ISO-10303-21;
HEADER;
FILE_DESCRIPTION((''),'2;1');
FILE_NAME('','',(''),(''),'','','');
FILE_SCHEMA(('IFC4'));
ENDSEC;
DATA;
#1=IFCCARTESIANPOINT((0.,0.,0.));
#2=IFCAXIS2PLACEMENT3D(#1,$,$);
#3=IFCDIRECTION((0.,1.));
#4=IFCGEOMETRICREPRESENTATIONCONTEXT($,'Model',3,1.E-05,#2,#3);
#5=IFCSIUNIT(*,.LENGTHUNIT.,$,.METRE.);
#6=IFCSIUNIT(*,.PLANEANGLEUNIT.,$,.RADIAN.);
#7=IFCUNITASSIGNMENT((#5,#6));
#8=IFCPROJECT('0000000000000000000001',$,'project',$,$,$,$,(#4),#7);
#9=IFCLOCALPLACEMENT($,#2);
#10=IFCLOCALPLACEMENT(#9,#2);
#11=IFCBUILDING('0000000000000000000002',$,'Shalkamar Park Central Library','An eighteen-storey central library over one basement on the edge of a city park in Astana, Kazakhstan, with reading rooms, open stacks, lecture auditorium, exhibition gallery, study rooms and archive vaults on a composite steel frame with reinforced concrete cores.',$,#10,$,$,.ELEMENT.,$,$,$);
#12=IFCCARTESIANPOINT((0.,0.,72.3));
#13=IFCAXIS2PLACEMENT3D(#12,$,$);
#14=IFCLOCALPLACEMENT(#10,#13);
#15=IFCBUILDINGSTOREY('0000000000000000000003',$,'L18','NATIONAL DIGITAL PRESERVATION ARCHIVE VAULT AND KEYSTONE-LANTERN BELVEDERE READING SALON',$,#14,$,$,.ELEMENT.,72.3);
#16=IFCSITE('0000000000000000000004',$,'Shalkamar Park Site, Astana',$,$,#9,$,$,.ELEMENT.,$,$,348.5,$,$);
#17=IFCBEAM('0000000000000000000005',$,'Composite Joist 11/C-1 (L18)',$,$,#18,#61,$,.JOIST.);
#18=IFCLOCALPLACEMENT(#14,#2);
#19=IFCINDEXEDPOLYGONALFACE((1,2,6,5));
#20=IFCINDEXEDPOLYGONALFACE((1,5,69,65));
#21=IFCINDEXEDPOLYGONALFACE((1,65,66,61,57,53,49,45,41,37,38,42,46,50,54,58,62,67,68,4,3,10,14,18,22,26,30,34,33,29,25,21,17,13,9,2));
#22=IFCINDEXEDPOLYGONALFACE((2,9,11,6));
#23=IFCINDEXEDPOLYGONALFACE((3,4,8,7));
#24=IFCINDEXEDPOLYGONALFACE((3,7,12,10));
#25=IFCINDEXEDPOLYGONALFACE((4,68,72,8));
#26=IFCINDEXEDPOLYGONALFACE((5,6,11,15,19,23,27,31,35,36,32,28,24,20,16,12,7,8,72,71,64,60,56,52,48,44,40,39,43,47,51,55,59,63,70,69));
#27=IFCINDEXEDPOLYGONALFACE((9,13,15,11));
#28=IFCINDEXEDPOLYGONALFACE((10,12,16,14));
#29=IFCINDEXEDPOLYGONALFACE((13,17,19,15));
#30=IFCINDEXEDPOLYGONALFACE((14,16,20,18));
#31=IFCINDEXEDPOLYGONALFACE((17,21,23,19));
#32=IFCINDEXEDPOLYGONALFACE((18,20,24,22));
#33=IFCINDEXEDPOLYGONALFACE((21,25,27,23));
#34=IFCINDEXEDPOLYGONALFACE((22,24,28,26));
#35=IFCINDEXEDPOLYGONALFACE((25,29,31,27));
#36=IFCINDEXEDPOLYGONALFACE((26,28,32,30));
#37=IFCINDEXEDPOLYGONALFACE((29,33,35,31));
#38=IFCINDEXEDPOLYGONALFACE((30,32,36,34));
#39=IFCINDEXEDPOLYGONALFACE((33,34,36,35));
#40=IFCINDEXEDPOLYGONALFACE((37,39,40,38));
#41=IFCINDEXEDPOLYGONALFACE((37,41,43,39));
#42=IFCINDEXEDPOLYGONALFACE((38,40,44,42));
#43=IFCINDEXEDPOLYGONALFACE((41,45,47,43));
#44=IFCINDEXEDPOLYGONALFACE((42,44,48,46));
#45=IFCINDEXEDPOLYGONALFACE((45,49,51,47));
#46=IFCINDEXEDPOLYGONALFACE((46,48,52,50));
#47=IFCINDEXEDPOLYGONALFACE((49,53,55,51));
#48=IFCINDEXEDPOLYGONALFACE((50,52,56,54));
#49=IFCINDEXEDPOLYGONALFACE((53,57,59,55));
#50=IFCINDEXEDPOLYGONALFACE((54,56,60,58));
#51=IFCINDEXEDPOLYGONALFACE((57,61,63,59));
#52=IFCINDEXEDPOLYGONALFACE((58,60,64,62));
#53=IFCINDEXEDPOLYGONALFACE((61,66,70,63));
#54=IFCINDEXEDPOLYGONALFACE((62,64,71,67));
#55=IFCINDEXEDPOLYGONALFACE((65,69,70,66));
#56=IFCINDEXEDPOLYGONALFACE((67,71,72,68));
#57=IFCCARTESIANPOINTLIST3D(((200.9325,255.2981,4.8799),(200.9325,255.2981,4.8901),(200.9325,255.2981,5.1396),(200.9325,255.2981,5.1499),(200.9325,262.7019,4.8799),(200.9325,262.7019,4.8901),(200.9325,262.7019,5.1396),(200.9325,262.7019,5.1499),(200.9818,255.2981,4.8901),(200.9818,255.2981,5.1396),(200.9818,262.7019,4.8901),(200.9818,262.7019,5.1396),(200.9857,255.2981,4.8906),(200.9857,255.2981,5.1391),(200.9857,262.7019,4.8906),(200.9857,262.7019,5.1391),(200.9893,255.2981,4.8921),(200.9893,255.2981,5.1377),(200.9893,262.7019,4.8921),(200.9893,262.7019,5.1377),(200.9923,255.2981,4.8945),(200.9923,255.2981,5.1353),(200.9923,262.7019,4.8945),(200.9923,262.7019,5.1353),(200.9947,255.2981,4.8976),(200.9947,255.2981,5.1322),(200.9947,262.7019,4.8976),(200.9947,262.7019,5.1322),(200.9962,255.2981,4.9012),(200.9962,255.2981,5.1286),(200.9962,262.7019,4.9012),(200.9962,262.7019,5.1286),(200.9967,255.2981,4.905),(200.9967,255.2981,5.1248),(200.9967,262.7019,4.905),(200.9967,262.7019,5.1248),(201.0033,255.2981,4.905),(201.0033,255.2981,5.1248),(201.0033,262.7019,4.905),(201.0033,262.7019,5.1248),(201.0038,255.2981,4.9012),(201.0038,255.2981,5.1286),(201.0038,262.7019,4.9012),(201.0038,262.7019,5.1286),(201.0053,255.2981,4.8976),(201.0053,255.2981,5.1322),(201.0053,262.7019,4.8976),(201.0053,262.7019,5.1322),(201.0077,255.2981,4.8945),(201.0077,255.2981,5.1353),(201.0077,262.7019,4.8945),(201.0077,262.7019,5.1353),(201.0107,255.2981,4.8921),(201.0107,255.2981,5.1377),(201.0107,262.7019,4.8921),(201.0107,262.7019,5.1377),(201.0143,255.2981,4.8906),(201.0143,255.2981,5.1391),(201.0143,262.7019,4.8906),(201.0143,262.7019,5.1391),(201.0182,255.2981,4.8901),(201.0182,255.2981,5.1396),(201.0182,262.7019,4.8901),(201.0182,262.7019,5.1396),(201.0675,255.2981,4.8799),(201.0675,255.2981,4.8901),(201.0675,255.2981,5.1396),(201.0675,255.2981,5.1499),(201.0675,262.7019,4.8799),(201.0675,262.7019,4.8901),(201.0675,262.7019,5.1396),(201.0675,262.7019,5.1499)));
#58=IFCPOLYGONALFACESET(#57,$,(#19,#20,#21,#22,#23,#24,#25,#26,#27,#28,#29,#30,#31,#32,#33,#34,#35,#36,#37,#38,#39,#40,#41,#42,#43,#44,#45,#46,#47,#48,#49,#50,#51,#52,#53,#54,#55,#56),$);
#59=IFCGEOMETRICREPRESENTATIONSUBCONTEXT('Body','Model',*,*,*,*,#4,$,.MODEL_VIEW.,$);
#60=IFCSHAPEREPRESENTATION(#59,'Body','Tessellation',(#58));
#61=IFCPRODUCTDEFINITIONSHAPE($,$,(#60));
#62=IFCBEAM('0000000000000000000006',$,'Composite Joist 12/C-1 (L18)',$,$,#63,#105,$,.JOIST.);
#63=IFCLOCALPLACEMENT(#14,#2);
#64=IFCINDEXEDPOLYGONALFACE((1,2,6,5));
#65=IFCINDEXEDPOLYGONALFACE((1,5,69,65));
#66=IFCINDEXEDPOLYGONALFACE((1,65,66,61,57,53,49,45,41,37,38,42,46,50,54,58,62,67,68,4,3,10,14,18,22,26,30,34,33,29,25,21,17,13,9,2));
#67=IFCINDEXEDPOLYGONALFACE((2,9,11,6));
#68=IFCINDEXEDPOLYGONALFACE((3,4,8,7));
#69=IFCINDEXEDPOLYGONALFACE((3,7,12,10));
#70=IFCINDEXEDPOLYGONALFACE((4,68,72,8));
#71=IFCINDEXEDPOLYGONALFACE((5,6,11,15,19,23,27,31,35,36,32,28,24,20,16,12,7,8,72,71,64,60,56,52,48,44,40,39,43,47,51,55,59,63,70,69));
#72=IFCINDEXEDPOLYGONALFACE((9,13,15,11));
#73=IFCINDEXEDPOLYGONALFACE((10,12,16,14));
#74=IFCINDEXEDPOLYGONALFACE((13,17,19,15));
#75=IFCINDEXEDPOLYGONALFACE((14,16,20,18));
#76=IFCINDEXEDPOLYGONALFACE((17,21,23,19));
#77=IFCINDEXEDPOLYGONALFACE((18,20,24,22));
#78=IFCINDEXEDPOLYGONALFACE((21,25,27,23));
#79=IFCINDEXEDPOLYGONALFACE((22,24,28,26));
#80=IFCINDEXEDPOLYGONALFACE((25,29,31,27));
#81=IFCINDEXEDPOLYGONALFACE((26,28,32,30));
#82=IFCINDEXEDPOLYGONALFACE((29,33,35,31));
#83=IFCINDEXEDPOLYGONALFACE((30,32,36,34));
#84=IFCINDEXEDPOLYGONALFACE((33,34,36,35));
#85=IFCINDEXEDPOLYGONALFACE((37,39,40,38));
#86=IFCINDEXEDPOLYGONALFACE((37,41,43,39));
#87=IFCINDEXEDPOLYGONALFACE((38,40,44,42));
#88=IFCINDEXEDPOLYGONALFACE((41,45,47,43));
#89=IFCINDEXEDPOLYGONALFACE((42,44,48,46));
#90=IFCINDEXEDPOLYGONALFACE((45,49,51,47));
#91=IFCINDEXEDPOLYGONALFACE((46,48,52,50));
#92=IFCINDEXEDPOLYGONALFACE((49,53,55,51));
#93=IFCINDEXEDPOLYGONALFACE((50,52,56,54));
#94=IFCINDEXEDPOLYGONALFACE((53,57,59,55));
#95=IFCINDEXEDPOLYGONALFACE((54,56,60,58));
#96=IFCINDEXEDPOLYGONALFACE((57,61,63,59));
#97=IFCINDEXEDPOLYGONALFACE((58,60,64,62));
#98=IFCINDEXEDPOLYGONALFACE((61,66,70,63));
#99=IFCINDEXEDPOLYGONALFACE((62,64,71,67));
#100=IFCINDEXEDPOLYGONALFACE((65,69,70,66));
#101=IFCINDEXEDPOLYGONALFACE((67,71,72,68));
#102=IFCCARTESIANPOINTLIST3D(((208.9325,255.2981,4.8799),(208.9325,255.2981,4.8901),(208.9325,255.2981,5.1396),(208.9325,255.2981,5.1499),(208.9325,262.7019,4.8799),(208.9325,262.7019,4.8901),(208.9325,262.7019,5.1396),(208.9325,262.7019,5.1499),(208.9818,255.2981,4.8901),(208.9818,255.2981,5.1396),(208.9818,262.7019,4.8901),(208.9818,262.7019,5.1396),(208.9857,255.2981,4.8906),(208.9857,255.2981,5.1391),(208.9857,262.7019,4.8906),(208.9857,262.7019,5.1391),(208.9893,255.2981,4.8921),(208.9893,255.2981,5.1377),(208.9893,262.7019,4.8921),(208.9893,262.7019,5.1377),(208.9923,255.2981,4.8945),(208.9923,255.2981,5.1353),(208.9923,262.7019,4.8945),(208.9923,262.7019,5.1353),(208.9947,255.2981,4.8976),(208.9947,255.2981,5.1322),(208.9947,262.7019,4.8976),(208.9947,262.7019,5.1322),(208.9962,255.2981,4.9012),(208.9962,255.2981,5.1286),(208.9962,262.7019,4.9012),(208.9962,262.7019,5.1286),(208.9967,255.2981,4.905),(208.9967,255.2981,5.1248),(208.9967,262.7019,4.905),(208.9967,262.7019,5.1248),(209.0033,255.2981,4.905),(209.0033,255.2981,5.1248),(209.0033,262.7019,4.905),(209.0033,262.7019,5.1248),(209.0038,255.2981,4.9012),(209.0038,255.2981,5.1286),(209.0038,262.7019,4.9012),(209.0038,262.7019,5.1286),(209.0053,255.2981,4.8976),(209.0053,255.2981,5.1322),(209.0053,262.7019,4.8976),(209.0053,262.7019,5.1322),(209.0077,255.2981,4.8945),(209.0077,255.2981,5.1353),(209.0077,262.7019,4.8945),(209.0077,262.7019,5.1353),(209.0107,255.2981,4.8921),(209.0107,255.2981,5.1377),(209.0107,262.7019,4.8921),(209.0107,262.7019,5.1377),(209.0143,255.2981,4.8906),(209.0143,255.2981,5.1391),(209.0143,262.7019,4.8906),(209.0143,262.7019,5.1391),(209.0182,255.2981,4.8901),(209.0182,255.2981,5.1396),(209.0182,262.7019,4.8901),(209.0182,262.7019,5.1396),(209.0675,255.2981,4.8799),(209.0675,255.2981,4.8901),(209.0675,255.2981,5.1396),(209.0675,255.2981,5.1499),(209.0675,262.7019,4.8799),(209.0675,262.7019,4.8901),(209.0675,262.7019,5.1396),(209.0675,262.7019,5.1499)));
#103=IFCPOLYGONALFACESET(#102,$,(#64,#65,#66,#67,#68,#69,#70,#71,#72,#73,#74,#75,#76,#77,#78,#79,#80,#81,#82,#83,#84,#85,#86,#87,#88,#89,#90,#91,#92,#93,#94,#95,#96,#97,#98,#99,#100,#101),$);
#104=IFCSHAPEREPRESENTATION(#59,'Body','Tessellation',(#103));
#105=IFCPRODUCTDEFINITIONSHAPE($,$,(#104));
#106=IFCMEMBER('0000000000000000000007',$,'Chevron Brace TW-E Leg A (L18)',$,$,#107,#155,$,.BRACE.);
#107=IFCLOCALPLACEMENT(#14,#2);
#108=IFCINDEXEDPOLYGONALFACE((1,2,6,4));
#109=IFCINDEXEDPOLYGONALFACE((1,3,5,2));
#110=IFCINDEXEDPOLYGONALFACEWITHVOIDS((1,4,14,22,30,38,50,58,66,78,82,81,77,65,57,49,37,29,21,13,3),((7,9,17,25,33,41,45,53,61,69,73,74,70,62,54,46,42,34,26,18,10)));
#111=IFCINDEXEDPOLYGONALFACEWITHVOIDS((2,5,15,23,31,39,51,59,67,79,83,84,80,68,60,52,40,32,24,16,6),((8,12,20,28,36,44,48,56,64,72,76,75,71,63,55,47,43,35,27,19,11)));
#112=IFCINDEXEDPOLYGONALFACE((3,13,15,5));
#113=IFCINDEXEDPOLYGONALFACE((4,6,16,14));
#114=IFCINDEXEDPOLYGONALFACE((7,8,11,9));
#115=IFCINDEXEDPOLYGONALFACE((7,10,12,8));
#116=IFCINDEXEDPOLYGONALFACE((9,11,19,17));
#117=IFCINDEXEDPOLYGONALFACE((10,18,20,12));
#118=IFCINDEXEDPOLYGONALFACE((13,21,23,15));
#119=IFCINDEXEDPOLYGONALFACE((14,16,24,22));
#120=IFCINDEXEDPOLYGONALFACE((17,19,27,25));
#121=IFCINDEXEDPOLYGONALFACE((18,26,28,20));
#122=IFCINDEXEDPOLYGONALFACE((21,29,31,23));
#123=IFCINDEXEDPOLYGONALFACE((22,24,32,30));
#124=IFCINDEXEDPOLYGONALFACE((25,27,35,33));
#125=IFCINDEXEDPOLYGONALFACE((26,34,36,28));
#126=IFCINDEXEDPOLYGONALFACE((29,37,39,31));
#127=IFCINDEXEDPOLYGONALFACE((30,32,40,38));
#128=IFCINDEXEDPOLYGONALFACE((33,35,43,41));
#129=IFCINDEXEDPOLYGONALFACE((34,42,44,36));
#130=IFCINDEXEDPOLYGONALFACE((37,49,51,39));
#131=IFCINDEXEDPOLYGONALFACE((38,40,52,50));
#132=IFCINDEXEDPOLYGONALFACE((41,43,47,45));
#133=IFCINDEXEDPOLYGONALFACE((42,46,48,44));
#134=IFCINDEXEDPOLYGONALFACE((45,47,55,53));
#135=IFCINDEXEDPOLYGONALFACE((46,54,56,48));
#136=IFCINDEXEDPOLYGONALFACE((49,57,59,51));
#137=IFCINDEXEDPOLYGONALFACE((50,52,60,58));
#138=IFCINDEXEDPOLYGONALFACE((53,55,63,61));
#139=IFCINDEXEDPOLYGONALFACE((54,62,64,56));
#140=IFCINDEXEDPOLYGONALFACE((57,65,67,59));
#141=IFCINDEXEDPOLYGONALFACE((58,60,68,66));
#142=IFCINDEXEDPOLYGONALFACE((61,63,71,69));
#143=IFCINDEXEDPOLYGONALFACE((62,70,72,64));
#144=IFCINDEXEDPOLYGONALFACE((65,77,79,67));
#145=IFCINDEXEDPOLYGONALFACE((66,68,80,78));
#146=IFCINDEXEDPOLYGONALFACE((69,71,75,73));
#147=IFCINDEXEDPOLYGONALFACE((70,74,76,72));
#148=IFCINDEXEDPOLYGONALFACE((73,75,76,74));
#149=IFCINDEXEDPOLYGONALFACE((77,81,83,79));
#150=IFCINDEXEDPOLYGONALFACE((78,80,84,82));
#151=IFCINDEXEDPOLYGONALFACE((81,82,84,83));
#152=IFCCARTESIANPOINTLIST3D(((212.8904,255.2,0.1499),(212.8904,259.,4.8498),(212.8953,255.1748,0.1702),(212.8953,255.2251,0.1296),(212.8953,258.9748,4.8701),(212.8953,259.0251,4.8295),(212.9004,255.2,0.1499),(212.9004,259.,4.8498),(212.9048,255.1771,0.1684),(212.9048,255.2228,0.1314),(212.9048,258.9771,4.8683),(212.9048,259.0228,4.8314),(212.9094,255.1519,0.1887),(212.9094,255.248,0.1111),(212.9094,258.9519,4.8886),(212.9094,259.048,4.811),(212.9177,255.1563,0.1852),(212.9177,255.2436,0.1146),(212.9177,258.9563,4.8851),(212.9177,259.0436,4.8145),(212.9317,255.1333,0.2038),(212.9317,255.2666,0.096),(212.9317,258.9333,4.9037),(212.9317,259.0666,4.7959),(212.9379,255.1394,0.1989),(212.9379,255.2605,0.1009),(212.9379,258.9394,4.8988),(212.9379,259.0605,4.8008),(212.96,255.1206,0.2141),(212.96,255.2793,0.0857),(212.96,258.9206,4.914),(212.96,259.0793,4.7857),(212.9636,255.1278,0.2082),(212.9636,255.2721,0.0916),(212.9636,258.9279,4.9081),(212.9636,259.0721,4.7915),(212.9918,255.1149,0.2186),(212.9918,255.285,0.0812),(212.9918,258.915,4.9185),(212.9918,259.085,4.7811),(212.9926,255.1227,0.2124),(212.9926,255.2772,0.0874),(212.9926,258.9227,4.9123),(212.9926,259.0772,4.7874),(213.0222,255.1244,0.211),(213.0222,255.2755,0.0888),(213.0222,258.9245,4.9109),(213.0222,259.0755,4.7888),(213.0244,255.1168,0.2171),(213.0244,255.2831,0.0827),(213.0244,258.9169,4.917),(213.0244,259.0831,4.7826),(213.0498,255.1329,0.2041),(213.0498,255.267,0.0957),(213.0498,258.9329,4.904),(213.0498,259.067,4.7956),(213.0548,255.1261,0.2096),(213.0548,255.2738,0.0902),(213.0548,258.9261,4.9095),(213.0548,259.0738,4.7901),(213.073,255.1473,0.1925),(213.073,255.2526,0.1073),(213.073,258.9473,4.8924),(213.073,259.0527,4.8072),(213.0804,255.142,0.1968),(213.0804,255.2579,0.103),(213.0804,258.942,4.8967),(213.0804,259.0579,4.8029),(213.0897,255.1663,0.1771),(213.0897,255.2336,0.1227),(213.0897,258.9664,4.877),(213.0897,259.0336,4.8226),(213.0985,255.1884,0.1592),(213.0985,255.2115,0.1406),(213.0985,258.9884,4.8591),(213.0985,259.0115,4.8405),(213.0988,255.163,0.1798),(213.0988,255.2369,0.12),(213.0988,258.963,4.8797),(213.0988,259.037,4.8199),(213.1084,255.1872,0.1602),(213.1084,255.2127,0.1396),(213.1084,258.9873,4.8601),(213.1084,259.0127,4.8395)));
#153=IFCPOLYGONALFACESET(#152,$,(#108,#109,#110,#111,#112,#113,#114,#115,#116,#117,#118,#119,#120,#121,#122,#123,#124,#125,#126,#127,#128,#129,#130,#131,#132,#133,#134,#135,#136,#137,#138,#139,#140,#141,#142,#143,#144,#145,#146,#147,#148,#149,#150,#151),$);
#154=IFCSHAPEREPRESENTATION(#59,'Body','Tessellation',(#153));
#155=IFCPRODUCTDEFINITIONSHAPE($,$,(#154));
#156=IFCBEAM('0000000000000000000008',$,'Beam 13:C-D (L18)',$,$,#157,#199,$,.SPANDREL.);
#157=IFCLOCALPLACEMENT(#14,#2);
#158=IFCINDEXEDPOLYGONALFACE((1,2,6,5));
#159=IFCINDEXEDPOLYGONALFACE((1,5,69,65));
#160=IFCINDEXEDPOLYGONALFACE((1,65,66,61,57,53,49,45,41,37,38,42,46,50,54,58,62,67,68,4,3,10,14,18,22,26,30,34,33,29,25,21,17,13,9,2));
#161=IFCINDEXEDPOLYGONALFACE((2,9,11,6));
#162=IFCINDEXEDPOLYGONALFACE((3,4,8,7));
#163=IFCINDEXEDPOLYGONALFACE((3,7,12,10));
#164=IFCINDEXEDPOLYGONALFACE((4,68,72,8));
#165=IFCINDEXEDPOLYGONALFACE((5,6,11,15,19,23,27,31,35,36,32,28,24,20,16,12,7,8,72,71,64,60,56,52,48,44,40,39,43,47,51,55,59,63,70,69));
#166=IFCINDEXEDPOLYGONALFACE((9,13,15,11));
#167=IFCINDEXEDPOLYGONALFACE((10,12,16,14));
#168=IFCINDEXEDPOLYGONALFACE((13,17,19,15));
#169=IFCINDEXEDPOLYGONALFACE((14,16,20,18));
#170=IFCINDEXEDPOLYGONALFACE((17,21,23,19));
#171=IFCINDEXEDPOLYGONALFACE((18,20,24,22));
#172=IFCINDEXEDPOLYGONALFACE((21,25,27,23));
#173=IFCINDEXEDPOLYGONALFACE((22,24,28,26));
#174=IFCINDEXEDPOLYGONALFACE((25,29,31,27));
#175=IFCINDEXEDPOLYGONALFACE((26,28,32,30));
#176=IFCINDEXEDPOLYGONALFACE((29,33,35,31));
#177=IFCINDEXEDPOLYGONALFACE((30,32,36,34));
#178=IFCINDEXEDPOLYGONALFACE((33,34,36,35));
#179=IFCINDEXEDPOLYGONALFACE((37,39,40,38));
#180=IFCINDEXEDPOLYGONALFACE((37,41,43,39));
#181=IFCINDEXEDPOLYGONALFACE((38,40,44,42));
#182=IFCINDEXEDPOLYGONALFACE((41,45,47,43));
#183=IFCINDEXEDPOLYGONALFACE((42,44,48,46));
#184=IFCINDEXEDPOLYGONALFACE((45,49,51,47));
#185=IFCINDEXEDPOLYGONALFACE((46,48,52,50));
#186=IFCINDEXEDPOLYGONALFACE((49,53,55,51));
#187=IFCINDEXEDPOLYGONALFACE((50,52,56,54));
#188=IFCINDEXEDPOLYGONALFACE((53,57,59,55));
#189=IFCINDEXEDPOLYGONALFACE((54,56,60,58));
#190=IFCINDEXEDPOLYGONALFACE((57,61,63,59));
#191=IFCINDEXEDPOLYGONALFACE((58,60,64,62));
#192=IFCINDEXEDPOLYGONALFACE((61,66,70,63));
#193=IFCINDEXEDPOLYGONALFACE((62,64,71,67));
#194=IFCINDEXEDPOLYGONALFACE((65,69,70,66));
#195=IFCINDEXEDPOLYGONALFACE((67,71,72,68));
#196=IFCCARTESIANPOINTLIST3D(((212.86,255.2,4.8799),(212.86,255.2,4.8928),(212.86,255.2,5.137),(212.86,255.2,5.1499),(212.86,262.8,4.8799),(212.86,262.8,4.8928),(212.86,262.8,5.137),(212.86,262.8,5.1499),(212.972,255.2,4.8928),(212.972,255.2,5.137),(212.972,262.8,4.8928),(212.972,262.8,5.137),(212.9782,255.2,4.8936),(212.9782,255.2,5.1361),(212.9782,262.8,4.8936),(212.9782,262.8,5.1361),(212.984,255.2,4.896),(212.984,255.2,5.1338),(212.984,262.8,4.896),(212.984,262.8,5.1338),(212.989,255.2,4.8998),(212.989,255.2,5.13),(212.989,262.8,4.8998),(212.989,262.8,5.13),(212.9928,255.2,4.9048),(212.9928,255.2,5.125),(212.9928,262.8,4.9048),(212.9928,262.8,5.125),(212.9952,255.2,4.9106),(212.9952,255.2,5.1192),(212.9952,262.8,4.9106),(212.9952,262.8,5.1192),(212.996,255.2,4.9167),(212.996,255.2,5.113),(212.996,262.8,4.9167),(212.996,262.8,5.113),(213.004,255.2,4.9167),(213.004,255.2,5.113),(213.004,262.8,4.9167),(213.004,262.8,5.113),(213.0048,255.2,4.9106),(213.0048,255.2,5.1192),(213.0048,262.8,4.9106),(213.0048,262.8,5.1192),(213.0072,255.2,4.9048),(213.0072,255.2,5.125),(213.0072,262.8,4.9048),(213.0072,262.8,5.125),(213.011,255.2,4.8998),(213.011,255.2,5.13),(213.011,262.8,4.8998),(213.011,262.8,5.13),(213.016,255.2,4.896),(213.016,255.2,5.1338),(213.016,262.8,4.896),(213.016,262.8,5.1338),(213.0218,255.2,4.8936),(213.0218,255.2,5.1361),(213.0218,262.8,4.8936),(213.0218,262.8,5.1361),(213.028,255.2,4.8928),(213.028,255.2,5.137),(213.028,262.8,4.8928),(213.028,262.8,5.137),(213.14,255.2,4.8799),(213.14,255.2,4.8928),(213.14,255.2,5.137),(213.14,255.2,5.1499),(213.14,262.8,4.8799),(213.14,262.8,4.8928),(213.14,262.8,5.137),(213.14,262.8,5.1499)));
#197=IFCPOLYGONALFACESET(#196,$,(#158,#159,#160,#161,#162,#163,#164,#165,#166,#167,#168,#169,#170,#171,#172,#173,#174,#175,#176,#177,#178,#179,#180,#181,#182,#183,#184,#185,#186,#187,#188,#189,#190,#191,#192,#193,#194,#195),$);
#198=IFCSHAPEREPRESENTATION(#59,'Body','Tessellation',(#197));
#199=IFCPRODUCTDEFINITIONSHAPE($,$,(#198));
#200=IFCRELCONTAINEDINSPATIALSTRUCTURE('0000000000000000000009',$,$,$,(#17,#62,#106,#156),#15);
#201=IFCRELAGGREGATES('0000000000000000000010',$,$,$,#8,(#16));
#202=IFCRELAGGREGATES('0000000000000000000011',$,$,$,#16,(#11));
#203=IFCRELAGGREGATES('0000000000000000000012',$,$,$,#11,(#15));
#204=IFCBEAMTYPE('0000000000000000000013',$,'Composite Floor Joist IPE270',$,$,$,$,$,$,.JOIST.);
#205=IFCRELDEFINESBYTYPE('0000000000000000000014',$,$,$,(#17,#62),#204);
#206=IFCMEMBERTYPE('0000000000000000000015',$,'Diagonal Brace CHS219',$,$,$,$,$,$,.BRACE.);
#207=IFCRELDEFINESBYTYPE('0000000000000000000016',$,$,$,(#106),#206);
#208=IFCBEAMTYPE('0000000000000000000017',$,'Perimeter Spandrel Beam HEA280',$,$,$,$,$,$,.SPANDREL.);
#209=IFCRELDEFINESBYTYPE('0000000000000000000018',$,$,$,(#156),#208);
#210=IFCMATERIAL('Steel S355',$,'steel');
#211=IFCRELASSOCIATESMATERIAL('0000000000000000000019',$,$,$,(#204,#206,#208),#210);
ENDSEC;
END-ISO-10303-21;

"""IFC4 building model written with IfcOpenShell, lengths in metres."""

from ifc_helpers import new_model, si_unit, direction, frame, origin, origin_2d, place, context, subcontext, project, spatial, hollow_circle, i_section, extrude, material, material_profile, profile_set, type_object, element, save


model = new_model("IFC4")

# Units and contexts
model_context = context("Model", 3, precision=1e-05, world=origin(), true_north=direction((0.0, 1.0)))
body_context = subcontext(model_context, "Body", "Model", "MODEL_VIEW")
ifc_project = project(units=[si_unit("LENGTHUNIT", "METRE"), si_unit("PLANEANGLEUNIT", "RADIAN")], contexts=[model_context])

# Site, building, storey
site_placement = place(None, origin())
site = spatial("IfcSite", under=ifc_project, at=site_placement, Name="Shalkamar Park Site, Astana", CompositionType="ELEMENT", RefElevation=348.5)
building_placement = place(site_placement, origin())
building = spatial("IfcBuilding", under=site, at=building_placement, Name="Shalkamar Park Central Library", Description="An eighteen-storey central library over one basement on the edge of a city park in Astana, Kazakhstan, with reading rooms, open stacks, lecture auditorium, exhibition gallery, study rooms and archive vaults on a composite steel frame with reinforced concrete cores.", CompositionType="ELEMENT")
storey_placement = place(building_placement, frame((0.0, 0.0, 72.3)))
storey = spatial("IfcBuildingStorey", under=building, at=storey_placement, Name="L18", Description="NATIONAL DIGITAL PRESERVATION ARCHIVE VAULT AND KEYSTONE-LANTERN BELVEDERE READING SALON", CompositionType="ELEMENT", Elevation=72.3)

# Shared definitions
ifc_material_1 = material(Name="Steel S355", Category="steel")

# Beams
ifc_material_profile_1 = material_profile(ifc_material_1, i_section(OverallWidth=0.135, OverallDepth=0.27, WebThickness=0.0066, FlangeThickness=0.0103, FilletRadius=0.0149, at=origin_2d()), Name="IPE 270")
ifc_profile_set_1 = profile_set([ifc_material_profile_1], Name="Steel S355")
beam_type_1 = type_object("IfcBeamType", Name="Composite Floor Joist IPE270", PredefinedType="JOIST", material=ifc_profile_set_1)
for number, where, z_axis, x_axis, name in (
    (1, (201.0, 255.2981, 5.0149), (0.0, 1.0, 0.0), (-1.0, 0.0, 0.0), "Composite Joist 11/C-1 (L18)"),
    (2, (209.0, 255.2981, 5.0149), (0.0, 1.0, 0.0), (-1.0, 0.0, 0.0), "Composite Joist 12/C-1 (L18)"),
):
    element("IfcBeam", number, at=place(storey_placement, frame(where, z_axis=z_axis, x_axis=x_axis)), inside=storey, type_object=beam_type_1, Name=name, PredefinedType="JOIST", context=body_context, shape_type="SweptSolid", body=[
        extrude(i_section(OverallWidth=0.135, OverallDepth=0.27, WebThickness=0.0066, FlangeThickness=0.0103, FilletRadius=0.0149, at=origin_2d()), origin(), (0.0, 0.0, 1.0), 7.4038),
    ])

# Member
ifc_material_profile_2 = material_profile(ifc_material_1, hollow_circle(Radius=0.1096, WallThickness=0.01, at=origin_2d()), Name="CHS 219.1x10")
ifc_profile_set_2 = profile_set([ifc_material_profile_2], Name="Steel S355")
member_type = type_object("IfcMemberType", Name="Diagonal Brace CHS219", PredefinedType="BRACE", material=ifc_profile_set_2)
member_placement = place(storey_placement, frame((213.0, 255.2, 0.1499), z_axis=(0.0, 0.628731, 0.777623), x_axis=(-1.0, 0.0, 0.0)))
element("IfcMember", 3, at=member_placement, inside=storey, type_object=member_type, Name="Chevron Brace TW-E Leg A (L18)", PredefinedType="BRACE", context=body_context, shape_type="SweptSolid", body=[
    extrude(hollow_circle(Radius=0.1096, WallThickness=0.01, at=origin_2d()), origin(), (0.0, 0.0, 1.0), 6.0439),
])

# Beam
ifc_material_profile_3 = material_profile(ifc_material_1, i_section(OverallWidth=0.28, OverallDepth=0.27, WebThickness=0.0081, FlangeThickness=0.0129, FilletRadius=0.0239, at=origin_2d()), Name="HEA 280")
ifc_profile_set_3 = profile_set([ifc_material_profile_3], Name="Steel S355")
beam_type_2 = type_object("IfcBeamType", Name="Perimeter Spandrel Beam HEA280", PredefinedType="SPANDREL", material=ifc_profile_set_3)
beam_1_placement = place(storey_placement, frame((213.0, 255.2, 5.0149), z_axis=(0.0, 1.0, 0.0), x_axis=(-1.0, 0.0, 0.0)))
element("IfcBeam", 4, at=beam_1_placement, inside=storey, type_object=beam_type_2, Name="Beam 13:C-D (L18)", PredefinedType="SPANDREL", context=body_context, shape_type="SweptSolid", body=[
    extrude(i_section(OverallWidth=0.28, OverallDepth=0.27, WebThickness=0.0081, FlangeThickness=0.0129, FilletRadius=0.0239, at=origin_2d()), origin(), (0.0, 0.0, 1.0), 7.6001),
])

save(model, "model.ifc")
